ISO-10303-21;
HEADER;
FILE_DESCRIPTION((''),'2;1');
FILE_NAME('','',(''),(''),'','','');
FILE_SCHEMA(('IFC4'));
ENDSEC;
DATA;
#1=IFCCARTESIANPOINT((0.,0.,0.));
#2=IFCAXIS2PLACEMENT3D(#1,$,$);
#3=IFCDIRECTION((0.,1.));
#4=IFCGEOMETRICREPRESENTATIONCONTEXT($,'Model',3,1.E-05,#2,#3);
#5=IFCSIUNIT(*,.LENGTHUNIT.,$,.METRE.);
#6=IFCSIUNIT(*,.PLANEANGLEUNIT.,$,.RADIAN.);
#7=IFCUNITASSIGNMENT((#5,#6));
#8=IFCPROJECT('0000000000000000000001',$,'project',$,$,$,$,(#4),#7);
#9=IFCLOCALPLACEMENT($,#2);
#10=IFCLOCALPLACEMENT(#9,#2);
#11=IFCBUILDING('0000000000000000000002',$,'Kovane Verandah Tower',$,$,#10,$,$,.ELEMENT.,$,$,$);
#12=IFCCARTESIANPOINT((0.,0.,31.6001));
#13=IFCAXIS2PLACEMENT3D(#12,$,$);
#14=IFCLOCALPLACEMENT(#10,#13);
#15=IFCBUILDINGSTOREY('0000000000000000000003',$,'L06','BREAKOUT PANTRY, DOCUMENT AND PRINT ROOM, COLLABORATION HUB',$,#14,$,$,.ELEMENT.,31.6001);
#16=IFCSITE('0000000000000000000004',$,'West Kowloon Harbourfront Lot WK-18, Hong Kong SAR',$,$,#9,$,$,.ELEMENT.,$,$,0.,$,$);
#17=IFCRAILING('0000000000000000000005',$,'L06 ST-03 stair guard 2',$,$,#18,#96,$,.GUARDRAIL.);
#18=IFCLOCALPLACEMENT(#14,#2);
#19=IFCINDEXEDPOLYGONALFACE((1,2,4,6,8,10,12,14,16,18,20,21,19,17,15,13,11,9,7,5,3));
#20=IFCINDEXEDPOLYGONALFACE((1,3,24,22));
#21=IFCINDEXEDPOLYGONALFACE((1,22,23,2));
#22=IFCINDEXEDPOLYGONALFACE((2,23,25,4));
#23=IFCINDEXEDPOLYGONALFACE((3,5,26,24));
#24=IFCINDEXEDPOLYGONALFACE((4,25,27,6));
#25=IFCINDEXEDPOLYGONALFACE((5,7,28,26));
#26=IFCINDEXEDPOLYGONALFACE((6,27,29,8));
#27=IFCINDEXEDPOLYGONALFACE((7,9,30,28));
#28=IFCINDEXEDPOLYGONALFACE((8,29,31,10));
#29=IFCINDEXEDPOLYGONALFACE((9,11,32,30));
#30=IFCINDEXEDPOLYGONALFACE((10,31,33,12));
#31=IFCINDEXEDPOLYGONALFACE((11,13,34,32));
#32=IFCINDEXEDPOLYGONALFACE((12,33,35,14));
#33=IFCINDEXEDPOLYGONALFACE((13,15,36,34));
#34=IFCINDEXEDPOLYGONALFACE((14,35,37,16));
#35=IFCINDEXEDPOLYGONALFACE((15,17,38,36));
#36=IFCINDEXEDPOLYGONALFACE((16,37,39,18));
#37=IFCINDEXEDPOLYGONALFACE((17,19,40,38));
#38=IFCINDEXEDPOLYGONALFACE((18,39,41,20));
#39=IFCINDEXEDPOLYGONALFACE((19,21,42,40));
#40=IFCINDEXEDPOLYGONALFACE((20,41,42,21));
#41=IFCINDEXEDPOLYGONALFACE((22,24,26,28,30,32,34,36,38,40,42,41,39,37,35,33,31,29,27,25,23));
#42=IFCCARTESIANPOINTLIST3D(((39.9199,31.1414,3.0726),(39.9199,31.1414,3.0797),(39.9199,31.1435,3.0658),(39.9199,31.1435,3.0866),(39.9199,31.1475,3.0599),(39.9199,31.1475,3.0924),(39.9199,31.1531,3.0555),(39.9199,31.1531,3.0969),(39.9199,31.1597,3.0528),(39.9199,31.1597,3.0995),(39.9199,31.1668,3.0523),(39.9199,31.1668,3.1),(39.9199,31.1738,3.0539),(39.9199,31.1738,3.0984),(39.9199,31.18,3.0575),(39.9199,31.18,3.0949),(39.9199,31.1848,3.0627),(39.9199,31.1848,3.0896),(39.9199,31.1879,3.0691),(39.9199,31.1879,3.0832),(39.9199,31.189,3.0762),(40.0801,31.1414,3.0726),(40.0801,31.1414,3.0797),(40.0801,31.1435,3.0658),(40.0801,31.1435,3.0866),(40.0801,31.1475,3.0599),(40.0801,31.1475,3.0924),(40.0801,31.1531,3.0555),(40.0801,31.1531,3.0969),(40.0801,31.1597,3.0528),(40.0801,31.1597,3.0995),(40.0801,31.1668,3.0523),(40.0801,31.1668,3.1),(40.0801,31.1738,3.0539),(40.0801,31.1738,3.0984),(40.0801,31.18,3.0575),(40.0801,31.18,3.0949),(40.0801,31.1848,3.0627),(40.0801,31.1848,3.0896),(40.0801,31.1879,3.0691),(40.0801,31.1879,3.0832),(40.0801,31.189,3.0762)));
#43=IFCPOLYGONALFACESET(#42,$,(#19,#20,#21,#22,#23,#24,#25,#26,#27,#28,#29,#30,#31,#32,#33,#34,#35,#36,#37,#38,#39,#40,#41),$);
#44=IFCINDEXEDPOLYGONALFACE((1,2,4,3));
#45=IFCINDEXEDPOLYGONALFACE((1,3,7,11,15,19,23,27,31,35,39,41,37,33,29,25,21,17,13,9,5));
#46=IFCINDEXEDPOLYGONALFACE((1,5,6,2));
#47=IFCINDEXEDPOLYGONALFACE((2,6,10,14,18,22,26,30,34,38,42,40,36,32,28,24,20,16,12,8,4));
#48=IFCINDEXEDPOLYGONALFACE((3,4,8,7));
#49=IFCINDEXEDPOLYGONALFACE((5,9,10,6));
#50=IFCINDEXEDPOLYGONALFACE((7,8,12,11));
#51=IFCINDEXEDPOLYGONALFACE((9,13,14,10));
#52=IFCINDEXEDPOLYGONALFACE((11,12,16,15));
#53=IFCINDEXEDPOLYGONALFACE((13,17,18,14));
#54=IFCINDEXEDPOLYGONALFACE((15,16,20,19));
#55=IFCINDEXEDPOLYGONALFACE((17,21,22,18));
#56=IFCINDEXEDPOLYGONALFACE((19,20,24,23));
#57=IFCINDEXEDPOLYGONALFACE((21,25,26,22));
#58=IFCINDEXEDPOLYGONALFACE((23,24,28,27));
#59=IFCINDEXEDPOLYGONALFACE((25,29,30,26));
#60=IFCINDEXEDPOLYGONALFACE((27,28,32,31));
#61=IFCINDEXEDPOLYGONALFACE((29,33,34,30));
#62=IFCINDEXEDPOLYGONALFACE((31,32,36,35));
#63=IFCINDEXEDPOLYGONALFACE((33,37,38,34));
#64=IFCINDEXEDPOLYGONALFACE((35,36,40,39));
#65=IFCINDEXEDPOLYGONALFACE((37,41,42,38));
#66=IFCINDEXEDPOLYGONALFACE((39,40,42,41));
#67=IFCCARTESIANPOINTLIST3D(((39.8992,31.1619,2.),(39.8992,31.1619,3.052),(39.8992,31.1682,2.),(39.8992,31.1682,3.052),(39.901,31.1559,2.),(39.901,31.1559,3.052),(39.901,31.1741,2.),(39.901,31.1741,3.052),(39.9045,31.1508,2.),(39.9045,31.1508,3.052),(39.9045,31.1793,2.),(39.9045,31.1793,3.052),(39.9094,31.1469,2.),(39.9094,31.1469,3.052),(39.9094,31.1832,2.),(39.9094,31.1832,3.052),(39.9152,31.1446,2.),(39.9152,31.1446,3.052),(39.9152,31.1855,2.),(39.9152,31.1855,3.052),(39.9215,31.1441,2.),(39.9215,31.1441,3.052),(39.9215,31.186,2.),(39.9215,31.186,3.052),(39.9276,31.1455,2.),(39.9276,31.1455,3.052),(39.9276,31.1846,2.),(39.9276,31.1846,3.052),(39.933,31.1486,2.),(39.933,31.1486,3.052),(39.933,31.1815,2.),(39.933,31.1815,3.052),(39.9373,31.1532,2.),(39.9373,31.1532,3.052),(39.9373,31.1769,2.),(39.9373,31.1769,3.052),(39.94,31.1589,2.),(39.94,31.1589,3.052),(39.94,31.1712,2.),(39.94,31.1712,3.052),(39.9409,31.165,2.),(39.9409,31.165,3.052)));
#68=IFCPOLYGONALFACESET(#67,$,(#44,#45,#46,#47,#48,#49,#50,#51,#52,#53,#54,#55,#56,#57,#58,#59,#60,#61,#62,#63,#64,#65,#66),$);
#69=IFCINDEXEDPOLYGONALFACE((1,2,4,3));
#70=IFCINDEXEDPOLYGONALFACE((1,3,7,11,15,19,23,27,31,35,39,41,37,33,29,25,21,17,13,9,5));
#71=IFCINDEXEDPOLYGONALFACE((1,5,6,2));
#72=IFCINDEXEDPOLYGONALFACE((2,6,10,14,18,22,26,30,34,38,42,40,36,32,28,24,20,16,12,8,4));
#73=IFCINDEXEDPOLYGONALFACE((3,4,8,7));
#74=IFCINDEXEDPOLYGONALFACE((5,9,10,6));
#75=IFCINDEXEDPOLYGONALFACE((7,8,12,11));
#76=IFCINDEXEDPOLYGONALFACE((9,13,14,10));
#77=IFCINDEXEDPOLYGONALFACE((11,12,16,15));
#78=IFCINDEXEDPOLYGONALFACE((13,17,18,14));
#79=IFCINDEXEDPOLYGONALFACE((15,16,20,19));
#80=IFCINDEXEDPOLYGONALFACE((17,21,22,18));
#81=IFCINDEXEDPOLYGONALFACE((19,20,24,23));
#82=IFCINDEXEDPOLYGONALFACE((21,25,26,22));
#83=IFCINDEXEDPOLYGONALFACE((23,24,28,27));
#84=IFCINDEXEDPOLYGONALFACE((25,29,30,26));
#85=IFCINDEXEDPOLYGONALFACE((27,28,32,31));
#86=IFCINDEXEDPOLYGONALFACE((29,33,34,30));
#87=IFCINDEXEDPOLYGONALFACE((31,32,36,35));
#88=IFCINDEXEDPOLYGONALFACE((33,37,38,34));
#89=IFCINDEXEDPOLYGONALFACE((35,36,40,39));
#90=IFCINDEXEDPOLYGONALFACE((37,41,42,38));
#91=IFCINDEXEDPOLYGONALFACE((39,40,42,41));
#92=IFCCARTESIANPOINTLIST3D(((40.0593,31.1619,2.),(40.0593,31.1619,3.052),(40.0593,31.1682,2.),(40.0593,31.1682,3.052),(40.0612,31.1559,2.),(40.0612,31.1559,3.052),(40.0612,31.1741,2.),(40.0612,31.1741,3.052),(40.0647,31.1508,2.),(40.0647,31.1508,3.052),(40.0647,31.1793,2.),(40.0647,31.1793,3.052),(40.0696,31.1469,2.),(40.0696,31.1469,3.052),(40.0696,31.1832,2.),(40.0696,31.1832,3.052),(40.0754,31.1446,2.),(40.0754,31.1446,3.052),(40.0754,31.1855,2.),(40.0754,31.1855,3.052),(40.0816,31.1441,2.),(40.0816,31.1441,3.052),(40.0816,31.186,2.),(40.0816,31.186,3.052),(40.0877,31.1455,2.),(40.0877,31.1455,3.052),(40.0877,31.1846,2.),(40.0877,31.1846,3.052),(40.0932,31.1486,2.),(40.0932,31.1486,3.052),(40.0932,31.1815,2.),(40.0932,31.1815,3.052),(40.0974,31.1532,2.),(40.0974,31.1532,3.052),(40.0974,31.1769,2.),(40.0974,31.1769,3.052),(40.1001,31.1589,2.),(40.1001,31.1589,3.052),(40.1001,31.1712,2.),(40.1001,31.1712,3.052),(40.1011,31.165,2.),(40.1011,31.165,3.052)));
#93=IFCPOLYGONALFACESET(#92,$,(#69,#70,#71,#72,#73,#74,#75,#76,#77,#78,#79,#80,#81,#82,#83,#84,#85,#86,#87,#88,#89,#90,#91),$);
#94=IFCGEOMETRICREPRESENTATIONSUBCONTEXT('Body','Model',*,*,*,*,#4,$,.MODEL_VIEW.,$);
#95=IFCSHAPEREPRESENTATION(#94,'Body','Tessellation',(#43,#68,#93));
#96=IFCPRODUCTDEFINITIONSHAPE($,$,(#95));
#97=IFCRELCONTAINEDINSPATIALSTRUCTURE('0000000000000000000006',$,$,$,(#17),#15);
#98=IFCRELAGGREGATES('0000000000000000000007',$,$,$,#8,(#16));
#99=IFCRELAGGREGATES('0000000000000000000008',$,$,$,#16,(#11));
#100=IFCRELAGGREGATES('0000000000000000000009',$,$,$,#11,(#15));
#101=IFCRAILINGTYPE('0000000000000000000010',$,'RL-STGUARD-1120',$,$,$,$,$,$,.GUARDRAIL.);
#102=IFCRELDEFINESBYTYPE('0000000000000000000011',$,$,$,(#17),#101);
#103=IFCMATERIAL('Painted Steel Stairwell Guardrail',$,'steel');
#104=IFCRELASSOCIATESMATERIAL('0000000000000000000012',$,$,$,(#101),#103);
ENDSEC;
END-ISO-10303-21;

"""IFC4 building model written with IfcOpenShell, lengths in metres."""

from ifc_helpers import new_model, si_unit, direction, frame, origin, origin_2d, place, context, subcontext, project, spatial, circle, extrude, material, type_object, element, save


model = new_model("IFC4")

# Units and contexts
model_context = context("Model", 3, precision=1e-05, world=origin(), true_north=direction((0.0, 1.0)))
body_context = subcontext(model_context, "Body", "Model", "MODEL_VIEW")
ifc_project = project(units=[si_unit("LENGTHUNIT", "METRE"), si_unit("PLANEANGLEUNIT", "RADIAN")], contexts=[model_context])

# Site, building, storey
site_placement = place(None, origin())
site = spatial("IfcSite", under=ifc_project, at=site_placement, Name="West Kowloon Harbourfront Lot WK-18, Hong Kong SAR", CompositionType="ELEMENT", RefElevation=0.0)
building_placement = place(site_placement, origin())
building = spatial("IfcBuilding", under=site, at=building_placement, Name="Kovane Verandah Tower", CompositionType="ELEMENT")
storey_placement = place(building_placement, frame((0.0, 0.0, 31.6001)))
storey = spatial("IfcBuildingStorey", under=building, at=storey_placement, Name="L06", Description="BREAKOUT PANTRY, DOCUMENT AND PRINT ROOM, COLLABORATION HUB", CompositionType="ELEMENT", Elevation=31.6001)

# Railing
ifc_material_1 = material(Name="Painted Steel Stairwell Guardrail", Category="steel")
railing_type_1 = type_object("IfcRailingType", Name="RL-STGUARD-1120", PredefinedType="GUARDRAIL", material=ifc_material_1)
railing_1_placement = place(storey_placement, frame((39.9199, 31.165, 2.0)))
element("IfcRailing", 1, at=railing_1_placement, inside=storey, type_object=railing_type_1, Name="L06 ST-03 stair guard 2", PredefinedType="GUARDRAIL", context=body_context, shape_type="SweptSolid", body=[
    extrude(circle(Radius=0.0239, at=origin_2d()), frame((0.0, 0.0, 1.0762), z_axis=(1.0, 0.0, 0.0), x_axis=(0.0, 1.0, 0.0)), (0.0, 0.0, 1.0), 0.1602),
    extrude(circle(Radius=0.021, at=origin_2d()), origin(), (0.0, 0.0, 1.0), 1.052),
    extrude(circle(Radius=0.021, at=origin_2d()), frame((0.1602, 0.0, 0.0)), (0.0, 0.0, 1.0), 1.052),
])

save(model, "model.ifc")
